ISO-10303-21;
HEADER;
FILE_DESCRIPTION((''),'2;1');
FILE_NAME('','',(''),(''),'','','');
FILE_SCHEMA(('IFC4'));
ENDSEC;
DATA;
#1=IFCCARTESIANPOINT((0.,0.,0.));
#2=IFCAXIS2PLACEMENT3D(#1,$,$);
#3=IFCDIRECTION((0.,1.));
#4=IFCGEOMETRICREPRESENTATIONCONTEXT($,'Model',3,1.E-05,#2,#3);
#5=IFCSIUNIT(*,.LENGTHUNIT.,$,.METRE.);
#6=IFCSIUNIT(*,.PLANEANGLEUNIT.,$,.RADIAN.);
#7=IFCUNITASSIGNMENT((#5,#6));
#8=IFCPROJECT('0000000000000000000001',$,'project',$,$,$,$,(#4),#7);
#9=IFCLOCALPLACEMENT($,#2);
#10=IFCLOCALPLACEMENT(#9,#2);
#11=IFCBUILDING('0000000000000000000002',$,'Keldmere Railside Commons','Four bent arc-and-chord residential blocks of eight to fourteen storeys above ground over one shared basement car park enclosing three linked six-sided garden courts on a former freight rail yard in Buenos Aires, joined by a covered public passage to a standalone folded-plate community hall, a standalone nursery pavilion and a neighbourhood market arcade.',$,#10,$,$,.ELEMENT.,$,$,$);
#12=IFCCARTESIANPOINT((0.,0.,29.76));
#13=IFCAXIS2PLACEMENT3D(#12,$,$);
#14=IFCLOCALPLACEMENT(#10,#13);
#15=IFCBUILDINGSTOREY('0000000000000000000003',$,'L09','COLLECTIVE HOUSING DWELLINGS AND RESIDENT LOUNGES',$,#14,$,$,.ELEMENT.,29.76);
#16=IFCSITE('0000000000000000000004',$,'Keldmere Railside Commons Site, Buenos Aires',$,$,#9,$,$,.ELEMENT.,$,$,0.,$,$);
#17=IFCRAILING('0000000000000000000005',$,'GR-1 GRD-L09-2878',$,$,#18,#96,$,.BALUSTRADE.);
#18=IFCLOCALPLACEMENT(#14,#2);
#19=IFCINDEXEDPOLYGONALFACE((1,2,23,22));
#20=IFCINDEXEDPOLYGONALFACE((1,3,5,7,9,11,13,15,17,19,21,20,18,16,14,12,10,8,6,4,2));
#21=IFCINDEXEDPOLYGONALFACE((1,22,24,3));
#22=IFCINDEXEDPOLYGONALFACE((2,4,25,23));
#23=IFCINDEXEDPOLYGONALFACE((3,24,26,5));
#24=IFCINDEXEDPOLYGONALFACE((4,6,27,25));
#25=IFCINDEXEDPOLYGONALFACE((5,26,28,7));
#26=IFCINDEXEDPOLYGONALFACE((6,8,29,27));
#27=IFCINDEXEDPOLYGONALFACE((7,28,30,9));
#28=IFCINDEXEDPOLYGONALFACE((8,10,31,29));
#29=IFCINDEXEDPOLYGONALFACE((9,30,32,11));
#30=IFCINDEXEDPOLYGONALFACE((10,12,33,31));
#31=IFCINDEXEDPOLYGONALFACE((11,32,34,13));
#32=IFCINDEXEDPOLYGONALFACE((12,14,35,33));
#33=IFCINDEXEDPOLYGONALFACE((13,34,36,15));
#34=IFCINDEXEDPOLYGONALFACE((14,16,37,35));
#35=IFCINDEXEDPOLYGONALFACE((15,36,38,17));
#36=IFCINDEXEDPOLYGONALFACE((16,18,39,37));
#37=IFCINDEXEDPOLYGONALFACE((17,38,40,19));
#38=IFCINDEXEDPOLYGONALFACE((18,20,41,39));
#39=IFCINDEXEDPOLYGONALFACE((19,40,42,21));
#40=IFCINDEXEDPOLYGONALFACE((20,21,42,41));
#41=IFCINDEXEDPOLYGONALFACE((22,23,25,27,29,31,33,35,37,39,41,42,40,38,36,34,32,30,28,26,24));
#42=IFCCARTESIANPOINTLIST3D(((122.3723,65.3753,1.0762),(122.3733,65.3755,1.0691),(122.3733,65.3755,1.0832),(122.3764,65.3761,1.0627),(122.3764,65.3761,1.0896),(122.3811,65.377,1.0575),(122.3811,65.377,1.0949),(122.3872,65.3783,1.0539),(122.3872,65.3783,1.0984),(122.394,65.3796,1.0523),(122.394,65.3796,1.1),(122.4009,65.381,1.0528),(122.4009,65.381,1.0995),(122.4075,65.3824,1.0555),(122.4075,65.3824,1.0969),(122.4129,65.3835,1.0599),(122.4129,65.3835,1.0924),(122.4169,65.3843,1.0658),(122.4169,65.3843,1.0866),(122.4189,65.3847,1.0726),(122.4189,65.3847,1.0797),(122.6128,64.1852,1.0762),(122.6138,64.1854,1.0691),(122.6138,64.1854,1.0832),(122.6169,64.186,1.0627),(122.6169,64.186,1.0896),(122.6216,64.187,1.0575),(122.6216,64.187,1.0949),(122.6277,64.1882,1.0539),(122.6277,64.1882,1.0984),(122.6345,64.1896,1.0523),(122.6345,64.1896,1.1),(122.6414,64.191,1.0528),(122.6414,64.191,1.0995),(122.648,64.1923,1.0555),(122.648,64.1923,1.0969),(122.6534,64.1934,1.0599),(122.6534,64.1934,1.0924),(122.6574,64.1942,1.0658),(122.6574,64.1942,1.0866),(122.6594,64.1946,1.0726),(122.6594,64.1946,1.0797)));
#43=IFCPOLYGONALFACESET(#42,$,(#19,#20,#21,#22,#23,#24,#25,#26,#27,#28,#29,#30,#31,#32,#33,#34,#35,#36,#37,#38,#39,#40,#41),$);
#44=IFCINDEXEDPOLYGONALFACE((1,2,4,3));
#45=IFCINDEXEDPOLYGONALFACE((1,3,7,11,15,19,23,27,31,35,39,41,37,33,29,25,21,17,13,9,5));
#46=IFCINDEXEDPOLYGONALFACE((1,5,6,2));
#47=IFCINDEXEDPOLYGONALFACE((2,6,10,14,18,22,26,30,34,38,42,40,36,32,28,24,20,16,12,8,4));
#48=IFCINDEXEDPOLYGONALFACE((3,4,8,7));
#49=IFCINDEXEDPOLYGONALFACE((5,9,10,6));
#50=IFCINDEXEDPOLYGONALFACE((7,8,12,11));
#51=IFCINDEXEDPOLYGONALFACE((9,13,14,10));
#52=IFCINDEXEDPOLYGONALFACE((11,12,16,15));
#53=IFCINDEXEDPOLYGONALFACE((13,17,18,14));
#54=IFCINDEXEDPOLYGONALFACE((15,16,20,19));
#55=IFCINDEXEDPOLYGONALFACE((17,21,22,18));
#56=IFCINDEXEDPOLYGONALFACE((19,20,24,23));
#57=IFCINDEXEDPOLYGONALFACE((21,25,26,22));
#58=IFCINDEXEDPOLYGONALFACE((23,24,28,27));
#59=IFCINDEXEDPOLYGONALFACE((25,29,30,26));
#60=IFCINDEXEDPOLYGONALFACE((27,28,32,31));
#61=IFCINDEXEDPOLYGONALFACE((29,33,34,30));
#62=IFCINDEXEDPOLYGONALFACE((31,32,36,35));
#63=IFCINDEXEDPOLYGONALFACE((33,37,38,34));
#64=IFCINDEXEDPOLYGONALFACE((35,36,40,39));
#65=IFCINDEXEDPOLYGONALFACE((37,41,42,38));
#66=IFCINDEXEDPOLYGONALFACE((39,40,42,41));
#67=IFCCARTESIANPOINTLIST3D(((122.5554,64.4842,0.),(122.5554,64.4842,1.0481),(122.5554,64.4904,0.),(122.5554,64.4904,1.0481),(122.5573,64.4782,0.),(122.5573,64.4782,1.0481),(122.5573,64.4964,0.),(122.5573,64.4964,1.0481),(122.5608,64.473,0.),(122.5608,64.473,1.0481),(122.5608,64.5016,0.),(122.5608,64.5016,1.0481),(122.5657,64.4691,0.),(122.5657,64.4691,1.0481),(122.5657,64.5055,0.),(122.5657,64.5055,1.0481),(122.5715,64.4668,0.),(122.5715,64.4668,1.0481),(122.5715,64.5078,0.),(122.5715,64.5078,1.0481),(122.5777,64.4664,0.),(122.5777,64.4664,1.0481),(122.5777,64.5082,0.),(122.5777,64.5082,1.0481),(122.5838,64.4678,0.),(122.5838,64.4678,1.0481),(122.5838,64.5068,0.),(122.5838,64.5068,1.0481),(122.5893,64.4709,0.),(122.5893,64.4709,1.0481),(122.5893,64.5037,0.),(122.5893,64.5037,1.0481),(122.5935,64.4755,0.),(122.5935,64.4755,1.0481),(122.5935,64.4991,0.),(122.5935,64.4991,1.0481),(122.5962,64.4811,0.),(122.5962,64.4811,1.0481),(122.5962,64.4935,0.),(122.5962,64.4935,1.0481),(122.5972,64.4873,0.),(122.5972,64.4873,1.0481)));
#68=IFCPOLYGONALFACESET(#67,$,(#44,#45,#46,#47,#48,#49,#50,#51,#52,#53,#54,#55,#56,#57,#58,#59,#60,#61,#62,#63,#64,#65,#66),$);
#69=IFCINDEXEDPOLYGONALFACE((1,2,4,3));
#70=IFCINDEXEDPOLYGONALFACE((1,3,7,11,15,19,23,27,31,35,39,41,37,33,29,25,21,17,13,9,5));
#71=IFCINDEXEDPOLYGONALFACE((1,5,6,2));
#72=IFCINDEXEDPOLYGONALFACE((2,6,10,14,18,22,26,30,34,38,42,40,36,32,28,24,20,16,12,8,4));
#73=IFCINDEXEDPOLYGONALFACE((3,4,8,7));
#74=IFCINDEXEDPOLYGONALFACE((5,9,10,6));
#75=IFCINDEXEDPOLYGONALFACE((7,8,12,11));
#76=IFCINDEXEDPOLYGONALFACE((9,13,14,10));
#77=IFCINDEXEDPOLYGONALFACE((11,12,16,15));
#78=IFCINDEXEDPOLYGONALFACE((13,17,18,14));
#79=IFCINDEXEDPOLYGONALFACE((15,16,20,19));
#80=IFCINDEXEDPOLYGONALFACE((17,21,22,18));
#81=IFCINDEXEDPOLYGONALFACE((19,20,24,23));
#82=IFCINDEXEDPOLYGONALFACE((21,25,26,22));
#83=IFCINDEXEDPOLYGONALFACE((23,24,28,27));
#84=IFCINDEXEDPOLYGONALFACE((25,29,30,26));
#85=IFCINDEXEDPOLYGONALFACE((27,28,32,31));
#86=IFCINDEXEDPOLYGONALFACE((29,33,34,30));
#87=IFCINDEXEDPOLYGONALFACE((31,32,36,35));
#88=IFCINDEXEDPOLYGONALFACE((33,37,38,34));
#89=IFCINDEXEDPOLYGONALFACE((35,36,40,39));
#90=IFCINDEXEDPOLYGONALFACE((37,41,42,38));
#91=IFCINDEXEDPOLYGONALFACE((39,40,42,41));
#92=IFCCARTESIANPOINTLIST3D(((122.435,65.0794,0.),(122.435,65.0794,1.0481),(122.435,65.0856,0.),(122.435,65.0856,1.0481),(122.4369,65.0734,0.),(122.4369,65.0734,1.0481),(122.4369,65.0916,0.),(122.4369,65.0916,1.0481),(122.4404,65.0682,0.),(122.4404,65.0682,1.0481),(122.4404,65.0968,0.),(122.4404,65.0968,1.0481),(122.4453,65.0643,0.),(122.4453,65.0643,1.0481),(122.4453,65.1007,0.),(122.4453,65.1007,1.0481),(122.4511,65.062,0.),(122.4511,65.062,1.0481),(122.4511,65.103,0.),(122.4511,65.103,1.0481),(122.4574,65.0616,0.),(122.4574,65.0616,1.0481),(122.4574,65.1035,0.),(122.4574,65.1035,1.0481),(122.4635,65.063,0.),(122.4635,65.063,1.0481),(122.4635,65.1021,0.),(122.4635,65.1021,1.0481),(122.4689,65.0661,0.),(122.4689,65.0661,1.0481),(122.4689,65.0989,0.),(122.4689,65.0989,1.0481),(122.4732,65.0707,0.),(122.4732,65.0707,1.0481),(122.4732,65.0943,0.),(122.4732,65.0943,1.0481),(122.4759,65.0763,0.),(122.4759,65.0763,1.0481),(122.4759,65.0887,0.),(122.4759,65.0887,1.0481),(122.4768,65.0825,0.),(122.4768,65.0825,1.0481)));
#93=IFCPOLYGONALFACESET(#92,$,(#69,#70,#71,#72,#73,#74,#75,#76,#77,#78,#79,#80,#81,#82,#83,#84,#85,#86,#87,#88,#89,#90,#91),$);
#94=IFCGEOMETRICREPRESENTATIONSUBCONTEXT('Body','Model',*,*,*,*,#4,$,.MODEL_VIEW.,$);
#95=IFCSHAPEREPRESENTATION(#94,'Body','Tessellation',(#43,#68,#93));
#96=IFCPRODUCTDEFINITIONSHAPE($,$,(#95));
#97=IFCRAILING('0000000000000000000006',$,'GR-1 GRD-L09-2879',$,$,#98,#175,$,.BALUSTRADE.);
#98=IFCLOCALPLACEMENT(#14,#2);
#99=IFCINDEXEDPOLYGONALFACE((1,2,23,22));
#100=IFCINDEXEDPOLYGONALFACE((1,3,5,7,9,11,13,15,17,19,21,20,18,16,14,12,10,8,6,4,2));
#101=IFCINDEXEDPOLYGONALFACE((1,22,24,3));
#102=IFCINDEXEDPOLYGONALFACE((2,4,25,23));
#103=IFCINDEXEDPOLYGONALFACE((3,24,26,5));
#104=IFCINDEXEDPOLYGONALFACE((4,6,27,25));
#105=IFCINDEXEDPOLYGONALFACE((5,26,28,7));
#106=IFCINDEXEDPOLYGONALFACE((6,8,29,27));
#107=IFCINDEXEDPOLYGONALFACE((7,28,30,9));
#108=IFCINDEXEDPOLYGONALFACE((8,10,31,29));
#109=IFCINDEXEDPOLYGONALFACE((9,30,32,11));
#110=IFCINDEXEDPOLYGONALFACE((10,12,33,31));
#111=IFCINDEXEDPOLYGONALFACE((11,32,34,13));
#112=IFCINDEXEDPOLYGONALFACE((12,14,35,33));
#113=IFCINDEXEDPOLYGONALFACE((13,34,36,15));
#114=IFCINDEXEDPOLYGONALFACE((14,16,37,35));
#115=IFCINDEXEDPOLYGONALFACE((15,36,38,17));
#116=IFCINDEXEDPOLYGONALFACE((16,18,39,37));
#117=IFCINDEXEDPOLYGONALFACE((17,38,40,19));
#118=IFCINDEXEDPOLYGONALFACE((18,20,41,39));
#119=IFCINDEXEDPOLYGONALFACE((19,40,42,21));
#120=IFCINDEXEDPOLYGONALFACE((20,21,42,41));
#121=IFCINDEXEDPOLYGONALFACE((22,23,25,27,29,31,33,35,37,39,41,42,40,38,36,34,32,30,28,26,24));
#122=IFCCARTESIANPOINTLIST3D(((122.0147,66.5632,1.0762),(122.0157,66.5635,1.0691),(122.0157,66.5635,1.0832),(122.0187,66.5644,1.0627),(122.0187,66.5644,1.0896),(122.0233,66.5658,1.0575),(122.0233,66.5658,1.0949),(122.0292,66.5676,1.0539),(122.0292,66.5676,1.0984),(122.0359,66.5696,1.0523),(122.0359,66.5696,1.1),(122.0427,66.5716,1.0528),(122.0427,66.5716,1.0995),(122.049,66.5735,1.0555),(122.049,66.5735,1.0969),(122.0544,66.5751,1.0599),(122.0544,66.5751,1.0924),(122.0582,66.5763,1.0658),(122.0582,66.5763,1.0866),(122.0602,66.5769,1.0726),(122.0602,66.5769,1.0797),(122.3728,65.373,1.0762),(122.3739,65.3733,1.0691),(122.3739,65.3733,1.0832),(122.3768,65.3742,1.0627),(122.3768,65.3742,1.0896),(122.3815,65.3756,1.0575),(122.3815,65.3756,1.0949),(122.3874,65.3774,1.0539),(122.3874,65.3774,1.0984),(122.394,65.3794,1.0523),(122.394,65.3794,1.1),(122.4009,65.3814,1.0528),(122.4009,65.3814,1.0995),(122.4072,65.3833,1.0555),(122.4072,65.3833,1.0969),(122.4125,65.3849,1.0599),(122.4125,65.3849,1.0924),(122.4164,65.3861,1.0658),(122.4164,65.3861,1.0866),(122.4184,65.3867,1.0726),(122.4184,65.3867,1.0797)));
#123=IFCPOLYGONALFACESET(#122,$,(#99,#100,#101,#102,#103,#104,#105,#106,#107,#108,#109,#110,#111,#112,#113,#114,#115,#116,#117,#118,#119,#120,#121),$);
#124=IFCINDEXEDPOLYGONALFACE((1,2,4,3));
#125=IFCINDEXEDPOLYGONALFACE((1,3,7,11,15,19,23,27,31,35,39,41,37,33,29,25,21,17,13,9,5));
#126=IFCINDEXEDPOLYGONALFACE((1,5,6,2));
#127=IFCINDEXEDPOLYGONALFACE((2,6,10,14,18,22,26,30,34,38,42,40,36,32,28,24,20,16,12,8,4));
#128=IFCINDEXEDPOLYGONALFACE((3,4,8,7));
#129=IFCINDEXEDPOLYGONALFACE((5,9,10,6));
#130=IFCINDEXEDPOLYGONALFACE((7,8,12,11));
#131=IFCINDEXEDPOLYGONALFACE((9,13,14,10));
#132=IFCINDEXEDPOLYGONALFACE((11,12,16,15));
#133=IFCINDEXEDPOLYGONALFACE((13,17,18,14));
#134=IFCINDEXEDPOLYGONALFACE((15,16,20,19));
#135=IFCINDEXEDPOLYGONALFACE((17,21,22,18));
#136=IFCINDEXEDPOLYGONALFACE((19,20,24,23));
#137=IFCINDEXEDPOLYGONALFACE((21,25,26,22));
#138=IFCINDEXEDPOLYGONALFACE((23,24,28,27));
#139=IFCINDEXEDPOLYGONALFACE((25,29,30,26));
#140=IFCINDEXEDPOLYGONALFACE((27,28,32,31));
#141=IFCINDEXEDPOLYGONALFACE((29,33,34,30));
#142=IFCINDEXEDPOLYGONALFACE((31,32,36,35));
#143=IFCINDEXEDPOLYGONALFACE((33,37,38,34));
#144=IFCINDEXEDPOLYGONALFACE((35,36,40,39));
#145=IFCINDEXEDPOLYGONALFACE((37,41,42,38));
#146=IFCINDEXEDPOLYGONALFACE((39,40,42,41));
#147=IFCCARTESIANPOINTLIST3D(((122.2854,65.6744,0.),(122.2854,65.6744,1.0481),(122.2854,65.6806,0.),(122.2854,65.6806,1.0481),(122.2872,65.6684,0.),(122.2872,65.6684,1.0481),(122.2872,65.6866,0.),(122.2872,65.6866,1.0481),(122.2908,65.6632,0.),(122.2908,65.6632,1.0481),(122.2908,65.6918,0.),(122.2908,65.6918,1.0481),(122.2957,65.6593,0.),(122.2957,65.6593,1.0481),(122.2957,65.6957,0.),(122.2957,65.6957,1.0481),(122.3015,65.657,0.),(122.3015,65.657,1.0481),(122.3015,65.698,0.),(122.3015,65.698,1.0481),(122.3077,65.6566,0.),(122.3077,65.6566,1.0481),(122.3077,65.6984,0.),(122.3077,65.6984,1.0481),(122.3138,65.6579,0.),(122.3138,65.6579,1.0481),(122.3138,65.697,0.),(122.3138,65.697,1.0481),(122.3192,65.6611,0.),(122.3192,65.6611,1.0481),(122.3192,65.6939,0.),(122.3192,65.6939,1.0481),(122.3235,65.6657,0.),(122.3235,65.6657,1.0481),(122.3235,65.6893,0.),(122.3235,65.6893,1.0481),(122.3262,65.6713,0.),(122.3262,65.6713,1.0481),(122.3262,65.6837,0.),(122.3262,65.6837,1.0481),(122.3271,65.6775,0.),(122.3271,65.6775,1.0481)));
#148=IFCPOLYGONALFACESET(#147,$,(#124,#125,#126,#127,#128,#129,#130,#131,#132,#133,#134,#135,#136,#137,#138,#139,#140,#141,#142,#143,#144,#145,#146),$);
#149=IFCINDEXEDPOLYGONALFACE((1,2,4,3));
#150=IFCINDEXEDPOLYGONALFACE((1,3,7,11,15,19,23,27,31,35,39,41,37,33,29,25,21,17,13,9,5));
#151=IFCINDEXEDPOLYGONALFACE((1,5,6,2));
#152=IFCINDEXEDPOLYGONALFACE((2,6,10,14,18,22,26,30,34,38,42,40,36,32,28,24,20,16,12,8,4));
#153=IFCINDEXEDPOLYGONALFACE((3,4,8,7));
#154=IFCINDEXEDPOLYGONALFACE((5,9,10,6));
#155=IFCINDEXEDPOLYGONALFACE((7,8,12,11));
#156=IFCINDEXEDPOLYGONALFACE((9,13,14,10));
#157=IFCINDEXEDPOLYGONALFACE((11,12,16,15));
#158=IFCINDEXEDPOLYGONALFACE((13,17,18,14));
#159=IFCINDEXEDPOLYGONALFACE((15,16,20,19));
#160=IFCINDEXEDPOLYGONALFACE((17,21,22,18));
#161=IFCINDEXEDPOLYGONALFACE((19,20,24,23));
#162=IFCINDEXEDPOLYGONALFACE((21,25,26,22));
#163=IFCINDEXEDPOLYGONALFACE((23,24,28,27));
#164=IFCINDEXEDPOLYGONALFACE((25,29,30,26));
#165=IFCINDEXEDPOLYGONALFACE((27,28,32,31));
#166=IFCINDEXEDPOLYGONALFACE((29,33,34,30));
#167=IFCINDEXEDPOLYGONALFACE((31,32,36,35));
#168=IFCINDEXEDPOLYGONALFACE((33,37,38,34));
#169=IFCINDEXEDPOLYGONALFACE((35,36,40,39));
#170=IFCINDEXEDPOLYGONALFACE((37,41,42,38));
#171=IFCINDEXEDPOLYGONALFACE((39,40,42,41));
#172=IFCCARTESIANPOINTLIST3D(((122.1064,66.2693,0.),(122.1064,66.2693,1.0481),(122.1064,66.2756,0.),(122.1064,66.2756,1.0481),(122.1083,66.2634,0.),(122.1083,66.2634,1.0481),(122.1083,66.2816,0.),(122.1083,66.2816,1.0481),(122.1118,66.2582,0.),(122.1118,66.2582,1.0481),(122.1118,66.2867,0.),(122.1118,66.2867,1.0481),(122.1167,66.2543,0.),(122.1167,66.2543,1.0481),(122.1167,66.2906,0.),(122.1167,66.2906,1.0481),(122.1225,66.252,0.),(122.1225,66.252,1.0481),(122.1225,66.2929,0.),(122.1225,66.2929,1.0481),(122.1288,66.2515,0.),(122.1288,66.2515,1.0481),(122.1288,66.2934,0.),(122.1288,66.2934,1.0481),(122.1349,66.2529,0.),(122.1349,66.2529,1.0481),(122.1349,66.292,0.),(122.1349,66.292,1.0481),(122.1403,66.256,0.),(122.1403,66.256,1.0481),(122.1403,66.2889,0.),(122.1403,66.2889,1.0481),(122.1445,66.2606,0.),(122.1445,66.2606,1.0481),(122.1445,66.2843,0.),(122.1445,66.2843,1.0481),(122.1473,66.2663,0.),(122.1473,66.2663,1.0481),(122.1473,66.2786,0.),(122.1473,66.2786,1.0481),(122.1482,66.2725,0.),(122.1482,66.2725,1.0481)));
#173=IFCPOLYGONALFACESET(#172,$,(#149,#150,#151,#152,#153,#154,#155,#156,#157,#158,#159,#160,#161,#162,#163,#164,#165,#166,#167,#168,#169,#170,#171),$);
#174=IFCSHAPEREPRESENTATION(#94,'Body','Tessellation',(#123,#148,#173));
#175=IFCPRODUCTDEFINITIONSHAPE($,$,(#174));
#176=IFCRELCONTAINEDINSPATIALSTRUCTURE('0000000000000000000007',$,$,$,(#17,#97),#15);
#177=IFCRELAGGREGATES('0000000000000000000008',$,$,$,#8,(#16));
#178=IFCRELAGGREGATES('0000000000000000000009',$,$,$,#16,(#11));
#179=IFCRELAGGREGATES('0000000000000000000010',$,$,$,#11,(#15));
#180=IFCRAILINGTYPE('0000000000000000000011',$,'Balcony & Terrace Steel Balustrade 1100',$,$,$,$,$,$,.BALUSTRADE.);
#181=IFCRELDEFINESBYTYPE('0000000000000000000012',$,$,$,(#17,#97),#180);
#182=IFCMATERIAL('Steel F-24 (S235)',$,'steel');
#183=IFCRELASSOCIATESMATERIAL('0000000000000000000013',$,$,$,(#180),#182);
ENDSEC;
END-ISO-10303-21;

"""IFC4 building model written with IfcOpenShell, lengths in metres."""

from ifc_helpers import new_model, si_unit, direction, frame, origin, origin_2d, place, context, subcontext, project, spatial, circle, extrude, material, type_object, element, save


model = new_model("IFC4")

# Units and contexts
model_context = context("Model", 3, precision=1e-05, world=origin(), true_north=direction((0.0, 1.0)))
body_context = subcontext(model_context, "Body", "Model", "MODEL_VIEW")
ifc_project = project(units=[si_unit("LENGTHUNIT", "METRE"), si_unit("PLANEANGLEUNIT", "RADIAN")], contexts=[model_context])

# Site, building, storey
site_placement = place(None, origin())
site = spatial("IfcSite", under=ifc_project, at=site_placement, Name="Keldmere Railside Commons Site, Buenos Aires", CompositionType="ELEMENT", RefElevation=0.0)
building_placement = place(site_placement, origin())
building = spatial("IfcBuilding", under=site, at=building_placement, Name="Keldmere Railside Commons", Description="Four bent arc-and-chord residential blocks of eight to fourteen storeys above ground over one shared basement car park enclosing three linked six-sided garden courts on a former freight rail yard in Buenos Aires, joined by a covered public passage to a standalone folded-plate community hall, a standalone nursery pavilion and a neighbourhood market arcade.", CompositionType="ELEMENT")
storey_placement = place(building_placement, frame((0.0, 0.0, 29.76)))
storey = spatial("IfcBuildingStorey", under=building, at=storey_placement, Name="L09", Description="COLLECTIVE HOUSING DWELLINGS AND RESIDENT LOUNGES", CompositionType="ELEMENT", Elevation=29.76)

# Railings
ifc_material_1 = material(Name="Steel F-24 (S235)", Category="steel")
railing_type = type_object("IfcRailingType", Name="Balcony & Terrace Steel Balustrade 1100", PredefinedType="BALUSTRADE", material=ifc_material_1)
railing_1_placement = place(storey_placement, frame((122.6362, 64.1899, 0.0)))
element("IfcRailing", 1, at=railing_1_placement, inside=storey, type_object=railing_type, Name="GR-1 GRD-L09-2878", PredefinedType="BALUSTRADE", context=body_context, shape_type="SweptSolid", body=[
    extrude(circle(Radius=0.0239, at=origin_2d()), frame((0.0, 0.0, 1.0762), z_axis=(-0.198088, 0.980184, 0.0), x_axis=(-0.980184, -0.198088, 0.0)), (0.0, 0.0, 1.0), 1.2141),
    extrude(circle(Radius=0.021, at=origin_2d()), frame((-0.0601, 0.2974, 0.0)), (0.0, 0.0, 1.0), 1.0481),
    extrude(circle(Radius=0.021, at=origin_2d()), frame((-0.1804, 0.8926, 0.0)), (0.0, 0.0, 1.0), 1.0481),
])
railing_2_placement = place(storey_placement, frame((122.3958, 65.3799, 0.0)))
element("IfcRailing", 2, at=railing_2_placement, inside=storey, type_object=railing_type, Name="GR-1 GRD-L09-2879", PredefinedType="BALUSTRADE", context=body_context, shape_type="SweptSolid", body=[
    extrude(circle(Radius=0.0239, at=origin_2d()), frame((0.0, 0.0, 1.0762), z_axis=(-0.288159, 0.957583, 0.0), x_axis=(-0.957583, -0.288159, 0.0)), (0.0, 0.0, 1.0), 1.2429),
    extrude(circle(Radius=0.021, at=origin_2d()), frame((-0.0896, 0.2976, 0.0)), (0.0, 0.0, 1.0), 1.0481),
    extrude(circle(Radius=0.021, at=origin_2d()), frame((-0.2686, 0.8926, 0.0)), (0.0, 0.0, 1.0), 1.0481),
])

save(model, "model.ifc")
